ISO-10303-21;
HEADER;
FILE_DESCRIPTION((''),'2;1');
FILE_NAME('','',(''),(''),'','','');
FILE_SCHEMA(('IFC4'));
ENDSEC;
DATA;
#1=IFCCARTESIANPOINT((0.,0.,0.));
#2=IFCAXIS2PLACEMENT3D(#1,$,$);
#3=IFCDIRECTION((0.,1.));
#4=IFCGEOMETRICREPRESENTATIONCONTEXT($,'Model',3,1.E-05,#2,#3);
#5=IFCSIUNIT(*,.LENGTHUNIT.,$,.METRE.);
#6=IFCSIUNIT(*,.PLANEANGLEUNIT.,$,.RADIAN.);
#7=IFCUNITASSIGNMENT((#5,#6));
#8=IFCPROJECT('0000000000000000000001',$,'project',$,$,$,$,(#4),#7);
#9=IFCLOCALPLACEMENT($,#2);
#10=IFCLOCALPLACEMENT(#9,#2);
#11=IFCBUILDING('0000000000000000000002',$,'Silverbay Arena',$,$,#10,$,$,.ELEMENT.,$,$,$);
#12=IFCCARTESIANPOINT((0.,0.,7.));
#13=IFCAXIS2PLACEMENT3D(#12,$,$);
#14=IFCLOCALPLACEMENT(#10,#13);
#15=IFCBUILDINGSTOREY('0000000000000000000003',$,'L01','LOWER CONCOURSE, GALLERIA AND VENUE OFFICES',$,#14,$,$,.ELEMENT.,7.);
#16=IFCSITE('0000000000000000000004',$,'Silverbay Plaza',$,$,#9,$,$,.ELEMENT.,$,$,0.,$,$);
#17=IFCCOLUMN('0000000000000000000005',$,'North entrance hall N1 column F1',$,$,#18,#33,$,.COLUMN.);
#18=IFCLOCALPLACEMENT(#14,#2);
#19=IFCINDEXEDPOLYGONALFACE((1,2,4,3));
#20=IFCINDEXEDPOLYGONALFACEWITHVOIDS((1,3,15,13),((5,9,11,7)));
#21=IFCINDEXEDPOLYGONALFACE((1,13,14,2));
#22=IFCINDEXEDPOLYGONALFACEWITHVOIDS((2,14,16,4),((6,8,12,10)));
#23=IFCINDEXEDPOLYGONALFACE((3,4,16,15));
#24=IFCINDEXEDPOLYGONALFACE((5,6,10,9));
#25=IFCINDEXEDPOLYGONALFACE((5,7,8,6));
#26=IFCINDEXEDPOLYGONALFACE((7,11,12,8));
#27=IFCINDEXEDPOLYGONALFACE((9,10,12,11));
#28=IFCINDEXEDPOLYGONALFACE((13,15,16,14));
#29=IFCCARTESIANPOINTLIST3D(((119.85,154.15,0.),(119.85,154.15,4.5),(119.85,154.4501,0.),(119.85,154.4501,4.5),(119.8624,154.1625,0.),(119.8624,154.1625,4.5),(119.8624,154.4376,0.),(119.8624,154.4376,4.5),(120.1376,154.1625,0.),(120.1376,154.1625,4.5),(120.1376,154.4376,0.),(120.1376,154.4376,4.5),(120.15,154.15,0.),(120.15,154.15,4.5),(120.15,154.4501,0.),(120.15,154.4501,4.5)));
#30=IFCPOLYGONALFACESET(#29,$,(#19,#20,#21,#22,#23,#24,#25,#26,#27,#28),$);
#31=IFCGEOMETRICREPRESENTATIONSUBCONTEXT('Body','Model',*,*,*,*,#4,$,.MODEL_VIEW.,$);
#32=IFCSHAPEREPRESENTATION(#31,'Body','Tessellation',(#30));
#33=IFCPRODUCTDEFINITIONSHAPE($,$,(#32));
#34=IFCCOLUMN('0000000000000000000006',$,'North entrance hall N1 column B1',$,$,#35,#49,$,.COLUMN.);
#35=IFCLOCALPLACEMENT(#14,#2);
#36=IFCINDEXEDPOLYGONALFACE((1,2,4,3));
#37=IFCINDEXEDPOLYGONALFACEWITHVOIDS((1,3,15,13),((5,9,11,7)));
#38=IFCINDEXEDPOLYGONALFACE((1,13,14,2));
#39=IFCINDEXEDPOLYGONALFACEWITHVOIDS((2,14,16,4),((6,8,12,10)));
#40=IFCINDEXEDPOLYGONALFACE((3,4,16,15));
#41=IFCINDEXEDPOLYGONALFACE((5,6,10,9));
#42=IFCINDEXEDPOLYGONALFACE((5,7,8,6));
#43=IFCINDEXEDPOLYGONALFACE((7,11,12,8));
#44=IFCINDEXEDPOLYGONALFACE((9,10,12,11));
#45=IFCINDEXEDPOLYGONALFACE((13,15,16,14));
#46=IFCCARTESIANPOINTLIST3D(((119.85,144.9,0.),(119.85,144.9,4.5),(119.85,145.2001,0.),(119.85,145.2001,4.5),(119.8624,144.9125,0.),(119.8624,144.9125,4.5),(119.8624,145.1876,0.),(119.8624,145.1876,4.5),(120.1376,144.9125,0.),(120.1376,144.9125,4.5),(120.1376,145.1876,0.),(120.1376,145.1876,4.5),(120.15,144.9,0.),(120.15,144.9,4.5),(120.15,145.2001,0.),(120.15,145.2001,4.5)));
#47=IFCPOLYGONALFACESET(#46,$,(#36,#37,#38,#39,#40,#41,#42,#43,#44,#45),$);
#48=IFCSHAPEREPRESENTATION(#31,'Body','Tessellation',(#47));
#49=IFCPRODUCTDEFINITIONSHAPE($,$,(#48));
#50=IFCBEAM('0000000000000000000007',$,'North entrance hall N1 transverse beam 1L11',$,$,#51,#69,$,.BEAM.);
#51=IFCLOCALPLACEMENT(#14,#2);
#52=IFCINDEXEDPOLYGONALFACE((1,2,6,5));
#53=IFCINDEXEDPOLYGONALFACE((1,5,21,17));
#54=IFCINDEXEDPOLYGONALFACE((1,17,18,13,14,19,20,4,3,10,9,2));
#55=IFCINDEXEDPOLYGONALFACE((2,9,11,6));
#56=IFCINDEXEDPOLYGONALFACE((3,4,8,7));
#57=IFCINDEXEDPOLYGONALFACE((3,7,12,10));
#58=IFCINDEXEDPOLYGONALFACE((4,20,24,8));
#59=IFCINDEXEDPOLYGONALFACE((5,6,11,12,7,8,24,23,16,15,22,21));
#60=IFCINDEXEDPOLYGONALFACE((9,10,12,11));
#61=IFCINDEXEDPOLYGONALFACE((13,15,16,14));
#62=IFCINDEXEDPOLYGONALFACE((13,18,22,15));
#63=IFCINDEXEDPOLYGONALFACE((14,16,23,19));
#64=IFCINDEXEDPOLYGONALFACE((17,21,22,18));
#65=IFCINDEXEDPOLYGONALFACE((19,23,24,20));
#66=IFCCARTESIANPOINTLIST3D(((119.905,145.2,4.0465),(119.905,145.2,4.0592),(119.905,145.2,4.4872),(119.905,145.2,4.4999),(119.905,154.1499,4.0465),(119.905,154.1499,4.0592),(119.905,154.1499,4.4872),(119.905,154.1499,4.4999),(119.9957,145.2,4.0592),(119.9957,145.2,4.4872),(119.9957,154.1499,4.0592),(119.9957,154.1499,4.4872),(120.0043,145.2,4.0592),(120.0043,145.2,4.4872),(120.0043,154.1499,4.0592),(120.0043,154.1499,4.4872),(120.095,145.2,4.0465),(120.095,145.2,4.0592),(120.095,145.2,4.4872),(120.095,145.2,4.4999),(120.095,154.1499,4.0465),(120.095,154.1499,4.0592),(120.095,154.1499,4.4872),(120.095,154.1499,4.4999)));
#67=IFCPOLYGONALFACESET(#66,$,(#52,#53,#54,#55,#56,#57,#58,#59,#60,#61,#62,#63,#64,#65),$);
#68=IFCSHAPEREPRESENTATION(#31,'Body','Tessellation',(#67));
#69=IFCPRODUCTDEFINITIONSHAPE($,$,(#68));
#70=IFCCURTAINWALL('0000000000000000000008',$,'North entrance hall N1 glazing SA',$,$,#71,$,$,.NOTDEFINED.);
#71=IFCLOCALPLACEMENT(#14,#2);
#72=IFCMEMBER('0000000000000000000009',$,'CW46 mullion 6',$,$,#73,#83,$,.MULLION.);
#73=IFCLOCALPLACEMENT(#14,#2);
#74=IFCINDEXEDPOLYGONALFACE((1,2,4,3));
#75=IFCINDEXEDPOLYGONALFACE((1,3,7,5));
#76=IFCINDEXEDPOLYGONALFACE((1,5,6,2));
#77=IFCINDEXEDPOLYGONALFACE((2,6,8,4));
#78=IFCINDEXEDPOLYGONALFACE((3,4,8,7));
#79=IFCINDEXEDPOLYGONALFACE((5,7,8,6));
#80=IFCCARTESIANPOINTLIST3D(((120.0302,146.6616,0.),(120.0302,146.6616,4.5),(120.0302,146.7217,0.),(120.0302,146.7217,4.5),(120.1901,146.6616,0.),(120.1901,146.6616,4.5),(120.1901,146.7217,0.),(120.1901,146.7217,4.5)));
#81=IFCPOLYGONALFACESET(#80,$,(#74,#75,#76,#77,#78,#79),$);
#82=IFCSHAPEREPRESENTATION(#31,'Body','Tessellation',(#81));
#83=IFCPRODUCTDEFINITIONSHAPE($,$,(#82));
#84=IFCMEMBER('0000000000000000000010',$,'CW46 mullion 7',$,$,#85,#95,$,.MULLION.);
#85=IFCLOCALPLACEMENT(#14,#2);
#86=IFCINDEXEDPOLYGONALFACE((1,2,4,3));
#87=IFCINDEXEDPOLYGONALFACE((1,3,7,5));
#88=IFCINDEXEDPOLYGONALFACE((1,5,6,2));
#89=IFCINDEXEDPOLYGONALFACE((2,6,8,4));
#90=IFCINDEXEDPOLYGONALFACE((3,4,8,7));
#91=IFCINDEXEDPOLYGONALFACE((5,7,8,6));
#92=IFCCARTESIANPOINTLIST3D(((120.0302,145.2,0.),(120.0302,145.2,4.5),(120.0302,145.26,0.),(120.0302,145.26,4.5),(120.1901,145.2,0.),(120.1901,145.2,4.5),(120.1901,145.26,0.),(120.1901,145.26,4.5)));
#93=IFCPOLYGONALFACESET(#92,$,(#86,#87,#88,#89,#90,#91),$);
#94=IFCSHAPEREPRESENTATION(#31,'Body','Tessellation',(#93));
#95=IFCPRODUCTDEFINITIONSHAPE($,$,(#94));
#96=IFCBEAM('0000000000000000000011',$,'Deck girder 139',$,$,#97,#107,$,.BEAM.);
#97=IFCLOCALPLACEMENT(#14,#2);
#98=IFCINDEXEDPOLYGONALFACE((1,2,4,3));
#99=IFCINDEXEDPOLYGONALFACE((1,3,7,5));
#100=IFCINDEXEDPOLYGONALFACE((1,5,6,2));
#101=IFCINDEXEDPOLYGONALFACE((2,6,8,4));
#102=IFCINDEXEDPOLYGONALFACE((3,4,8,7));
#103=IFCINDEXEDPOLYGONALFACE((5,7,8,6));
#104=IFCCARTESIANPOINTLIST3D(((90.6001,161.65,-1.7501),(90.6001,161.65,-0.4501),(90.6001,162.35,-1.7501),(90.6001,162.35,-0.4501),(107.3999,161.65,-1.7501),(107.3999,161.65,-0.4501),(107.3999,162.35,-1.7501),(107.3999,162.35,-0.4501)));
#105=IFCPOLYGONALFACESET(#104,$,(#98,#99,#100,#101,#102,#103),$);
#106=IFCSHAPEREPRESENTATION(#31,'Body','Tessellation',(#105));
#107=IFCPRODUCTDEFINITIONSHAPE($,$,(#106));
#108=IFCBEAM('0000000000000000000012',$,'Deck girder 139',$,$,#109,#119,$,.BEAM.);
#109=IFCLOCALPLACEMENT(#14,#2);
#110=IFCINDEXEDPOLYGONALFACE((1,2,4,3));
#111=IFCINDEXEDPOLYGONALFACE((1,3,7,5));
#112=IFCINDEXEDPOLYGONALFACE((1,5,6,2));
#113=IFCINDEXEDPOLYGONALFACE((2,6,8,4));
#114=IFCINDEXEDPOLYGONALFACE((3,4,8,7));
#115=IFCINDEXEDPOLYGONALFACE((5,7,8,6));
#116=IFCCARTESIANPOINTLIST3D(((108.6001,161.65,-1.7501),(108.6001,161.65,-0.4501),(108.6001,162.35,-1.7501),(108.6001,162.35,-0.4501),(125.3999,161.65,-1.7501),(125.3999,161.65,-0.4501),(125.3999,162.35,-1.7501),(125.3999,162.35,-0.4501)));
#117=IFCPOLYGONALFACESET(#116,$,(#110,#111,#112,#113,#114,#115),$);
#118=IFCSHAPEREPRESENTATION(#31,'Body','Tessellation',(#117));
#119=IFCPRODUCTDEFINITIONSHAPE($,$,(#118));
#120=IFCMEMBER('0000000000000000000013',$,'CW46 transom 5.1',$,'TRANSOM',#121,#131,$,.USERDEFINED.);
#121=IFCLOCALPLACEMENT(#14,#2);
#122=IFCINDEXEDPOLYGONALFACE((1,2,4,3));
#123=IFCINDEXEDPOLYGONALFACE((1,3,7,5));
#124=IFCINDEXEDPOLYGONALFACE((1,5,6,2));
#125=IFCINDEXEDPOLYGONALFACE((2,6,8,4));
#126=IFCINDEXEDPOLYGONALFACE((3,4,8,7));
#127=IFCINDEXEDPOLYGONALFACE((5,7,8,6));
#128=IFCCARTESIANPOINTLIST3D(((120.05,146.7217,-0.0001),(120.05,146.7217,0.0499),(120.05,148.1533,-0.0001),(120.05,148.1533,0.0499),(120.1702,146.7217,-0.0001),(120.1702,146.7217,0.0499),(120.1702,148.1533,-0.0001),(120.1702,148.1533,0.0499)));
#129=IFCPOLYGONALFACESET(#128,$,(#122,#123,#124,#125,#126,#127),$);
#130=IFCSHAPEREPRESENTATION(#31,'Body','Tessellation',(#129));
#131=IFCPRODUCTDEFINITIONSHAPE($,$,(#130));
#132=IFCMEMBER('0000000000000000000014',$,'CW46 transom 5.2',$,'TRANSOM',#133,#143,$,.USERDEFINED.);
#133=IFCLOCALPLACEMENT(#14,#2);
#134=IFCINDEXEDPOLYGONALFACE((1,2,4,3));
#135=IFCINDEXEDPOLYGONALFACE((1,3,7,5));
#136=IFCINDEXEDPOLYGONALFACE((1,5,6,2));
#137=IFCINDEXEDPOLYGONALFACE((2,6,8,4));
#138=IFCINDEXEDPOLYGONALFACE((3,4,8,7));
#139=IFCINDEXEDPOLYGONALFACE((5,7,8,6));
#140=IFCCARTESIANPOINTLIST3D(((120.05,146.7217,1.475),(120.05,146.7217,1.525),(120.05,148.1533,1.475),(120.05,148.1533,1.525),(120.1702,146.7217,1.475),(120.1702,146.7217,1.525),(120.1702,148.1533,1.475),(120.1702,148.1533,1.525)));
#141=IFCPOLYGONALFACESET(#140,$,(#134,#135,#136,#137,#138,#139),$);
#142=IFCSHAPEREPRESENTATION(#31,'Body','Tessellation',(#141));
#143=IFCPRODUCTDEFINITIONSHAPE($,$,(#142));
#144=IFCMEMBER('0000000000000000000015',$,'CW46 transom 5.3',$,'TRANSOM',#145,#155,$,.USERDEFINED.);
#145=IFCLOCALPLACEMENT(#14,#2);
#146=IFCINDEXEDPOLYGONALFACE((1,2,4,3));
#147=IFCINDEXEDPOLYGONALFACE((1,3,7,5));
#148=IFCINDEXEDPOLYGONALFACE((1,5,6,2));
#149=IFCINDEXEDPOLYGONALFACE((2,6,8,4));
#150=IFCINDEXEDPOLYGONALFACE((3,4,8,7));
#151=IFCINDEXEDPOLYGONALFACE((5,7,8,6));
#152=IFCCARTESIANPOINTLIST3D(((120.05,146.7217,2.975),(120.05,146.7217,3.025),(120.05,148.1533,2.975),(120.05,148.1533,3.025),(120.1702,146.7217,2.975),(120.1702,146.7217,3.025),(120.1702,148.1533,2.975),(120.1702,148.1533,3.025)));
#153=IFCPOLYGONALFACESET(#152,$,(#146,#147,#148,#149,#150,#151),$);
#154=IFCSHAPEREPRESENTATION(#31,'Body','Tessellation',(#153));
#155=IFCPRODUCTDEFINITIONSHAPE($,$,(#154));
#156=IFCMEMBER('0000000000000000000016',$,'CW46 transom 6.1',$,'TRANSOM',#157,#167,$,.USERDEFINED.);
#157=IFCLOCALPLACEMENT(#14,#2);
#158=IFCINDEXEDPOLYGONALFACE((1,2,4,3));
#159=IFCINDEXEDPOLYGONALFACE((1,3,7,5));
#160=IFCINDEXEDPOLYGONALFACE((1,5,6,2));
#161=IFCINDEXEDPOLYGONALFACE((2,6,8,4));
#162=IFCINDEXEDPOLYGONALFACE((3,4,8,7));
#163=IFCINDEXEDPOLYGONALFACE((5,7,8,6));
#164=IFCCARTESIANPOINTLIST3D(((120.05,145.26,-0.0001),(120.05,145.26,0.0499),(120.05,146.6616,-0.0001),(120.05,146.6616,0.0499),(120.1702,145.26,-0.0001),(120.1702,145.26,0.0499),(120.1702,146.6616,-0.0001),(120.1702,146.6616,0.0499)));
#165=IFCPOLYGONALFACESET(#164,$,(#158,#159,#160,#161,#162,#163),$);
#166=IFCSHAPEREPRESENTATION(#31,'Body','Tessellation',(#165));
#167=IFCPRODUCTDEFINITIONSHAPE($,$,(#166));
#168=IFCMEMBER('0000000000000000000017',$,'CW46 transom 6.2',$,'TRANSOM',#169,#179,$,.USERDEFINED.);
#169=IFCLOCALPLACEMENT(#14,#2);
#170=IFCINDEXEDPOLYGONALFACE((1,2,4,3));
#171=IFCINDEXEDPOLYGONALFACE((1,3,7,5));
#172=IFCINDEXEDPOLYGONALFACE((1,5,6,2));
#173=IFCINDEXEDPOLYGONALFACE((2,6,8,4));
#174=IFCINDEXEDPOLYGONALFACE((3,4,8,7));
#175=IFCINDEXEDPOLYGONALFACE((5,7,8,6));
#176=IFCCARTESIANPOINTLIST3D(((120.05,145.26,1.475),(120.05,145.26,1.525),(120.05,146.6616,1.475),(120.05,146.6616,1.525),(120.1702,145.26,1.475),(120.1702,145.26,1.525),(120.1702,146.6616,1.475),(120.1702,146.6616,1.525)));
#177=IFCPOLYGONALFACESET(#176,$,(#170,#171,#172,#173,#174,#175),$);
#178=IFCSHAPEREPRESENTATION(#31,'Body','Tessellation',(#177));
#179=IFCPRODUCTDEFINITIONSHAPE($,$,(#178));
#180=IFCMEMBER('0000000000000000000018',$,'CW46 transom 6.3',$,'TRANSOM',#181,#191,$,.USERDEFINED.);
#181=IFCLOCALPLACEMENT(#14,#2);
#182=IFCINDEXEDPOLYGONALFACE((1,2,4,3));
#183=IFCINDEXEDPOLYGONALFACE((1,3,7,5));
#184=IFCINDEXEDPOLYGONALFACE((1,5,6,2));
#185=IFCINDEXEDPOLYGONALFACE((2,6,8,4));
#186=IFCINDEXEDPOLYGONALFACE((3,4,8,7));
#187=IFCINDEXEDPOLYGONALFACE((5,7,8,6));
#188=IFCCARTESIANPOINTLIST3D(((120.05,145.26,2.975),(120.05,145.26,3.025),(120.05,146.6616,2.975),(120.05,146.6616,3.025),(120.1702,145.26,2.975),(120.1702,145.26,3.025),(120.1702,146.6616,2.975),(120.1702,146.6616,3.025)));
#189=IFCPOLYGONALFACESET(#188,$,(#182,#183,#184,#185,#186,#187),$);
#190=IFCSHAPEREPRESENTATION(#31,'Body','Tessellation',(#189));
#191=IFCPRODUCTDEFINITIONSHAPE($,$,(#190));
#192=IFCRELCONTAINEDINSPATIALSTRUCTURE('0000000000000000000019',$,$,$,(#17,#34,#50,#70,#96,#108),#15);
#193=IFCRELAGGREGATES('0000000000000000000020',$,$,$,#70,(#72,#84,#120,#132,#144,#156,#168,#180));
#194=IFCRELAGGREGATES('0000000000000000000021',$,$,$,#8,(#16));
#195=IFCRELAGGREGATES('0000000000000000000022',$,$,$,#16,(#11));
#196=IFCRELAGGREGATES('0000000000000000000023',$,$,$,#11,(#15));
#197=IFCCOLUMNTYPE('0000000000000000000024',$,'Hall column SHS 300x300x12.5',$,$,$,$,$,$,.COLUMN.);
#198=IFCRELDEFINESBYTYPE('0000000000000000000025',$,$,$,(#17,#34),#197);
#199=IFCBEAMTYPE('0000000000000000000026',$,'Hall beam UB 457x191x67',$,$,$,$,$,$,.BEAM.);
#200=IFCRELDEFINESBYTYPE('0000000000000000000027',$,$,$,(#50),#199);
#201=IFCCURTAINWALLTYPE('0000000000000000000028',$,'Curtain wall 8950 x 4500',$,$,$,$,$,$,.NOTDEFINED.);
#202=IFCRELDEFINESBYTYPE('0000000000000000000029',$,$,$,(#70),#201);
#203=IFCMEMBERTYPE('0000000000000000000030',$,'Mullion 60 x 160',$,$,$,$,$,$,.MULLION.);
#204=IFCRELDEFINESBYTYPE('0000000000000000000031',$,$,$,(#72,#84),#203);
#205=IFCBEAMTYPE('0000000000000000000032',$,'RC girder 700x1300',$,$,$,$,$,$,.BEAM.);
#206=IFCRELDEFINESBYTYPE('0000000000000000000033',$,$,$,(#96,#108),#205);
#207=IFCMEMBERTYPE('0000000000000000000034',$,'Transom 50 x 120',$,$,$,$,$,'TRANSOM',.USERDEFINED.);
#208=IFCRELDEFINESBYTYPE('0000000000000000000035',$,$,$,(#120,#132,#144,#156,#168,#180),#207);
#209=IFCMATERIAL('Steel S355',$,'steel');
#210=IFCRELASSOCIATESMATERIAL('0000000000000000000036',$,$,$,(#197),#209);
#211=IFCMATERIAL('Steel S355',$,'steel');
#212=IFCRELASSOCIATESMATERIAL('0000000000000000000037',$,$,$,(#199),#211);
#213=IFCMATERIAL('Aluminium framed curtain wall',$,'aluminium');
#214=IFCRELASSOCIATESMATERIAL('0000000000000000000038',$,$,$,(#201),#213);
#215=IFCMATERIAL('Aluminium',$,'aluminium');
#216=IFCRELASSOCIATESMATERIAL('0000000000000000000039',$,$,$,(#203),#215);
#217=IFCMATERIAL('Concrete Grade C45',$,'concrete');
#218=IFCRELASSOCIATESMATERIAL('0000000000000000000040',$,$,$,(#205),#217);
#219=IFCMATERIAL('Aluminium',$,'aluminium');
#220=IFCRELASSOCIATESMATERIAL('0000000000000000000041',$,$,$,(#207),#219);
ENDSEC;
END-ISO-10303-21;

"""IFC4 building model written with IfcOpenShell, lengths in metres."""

from ifc_helpers import new_model, si_unit, direction, frame, origin, origin_2d, place, context, subcontext, project, spatial, rectangle, hollow_rectangle, i_section, extrude, material, material_profile, profile_set, type_object, element, aggregate, save


model = new_model("IFC4")

# Units and contexts
model_context = context("Model", 3, precision=1e-05, world=origin(), true_north=direction((0.0, 1.0)))
body_context = subcontext(model_context, "Body", "Model", "MODEL_VIEW")
ifc_project = project(units=[si_unit("LENGTHUNIT", "METRE"), si_unit("PLANEANGLEUNIT", "RADIAN")], contexts=[model_context])

# Site, building, storey
site_placement = place(None, origin())
site = spatial("IfcSite", under=ifc_project, at=site_placement, Name="Silverbay Plaza", CompositionType="ELEMENT", RefElevation=0.0)
building_placement = place(site_placement, origin())
building = spatial("IfcBuilding", under=site, at=building_placement, Name="Silverbay Arena", CompositionType="ELEMENT")
storey_placement = place(building_placement, frame((0.0, 0.0, 7.0)))
storey = spatial("IfcBuildingStorey", under=building, at=storey_placement, Name="L01", Description="LOWER CONCOURSE, GALLERIA AND VENUE OFFICES", CompositionType="ELEMENT", Elevation=7.0)

# Columns
ifc_material_1 = material(Name="Steel S355", Category="steel")
ifc_material_profile_1 = material_profile(ifc_material_1, hollow_rectangle(XDim=0.3, YDim=0.3, WallThickness=0.0125, at=origin_2d()), Name="SHS 300x300x12.5")
ifc_profile_set_1 = profile_set([ifc_material_profile_1], Name="Steel S355")
column_type = type_object("IfcColumnType", Name="Hall column SHS 300x300x12.5", PredefinedType="COLUMN", material=ifc_profile_set_1)
for number, where, z_axis, x_axis, name in (
    (1, (120.0, 154.3, 0.0), (0.0, 0.0, 1.0), (1.0, 0.0, 0.0), "North entrance hall N1 column F1"),
    (2, (120.0, 145.05, 0.0), (0.0, 0.0, 1.0), (1.0, 0.0, 0.0), "North entrance hall N1 column B1"),
):
    element("IfcColumn", number, at=place(storey_placement, frame(where, z_axis=z_axis, x_axis=x_axis)), inside=storey, type_object=column_type, Name=name, PredefinedType="COLUMN", context=body_context, shape_type="SweptSolid", body=[
        extrude(hollow_rectangle(XDim=0.3, YDim=0.3, WallThickness=0.0125, at=origin_2d()), origin(), (0.0, 0.0, 1.0), 4.5),
    ])

# Beam
ifc_material_2 = material(Name="Steel S355", Category="steel")
ifc_material_profile_2 = material_profile(ifc_material_2, i_section(OverallWidth=0.1899, OverallDepth=0.4534, WebThickness=0.0085, FlangeThickness=0.0127, at=origin_2d()), Name="UB 457x191x67")
ifc_profile_set_2 = profile_set([ifc_material_profile_2], Name="Steel S355")
beam_type_1 = type_object("IfcBeamType", Name="Hall beam UB 457x191x67", PredefinedType="BEAM", material=ifc_profile_set_2)
beam_placement = place(storey_placement, frame((120.0, 145.2, 4.2732), z_axis=(0.0, 1.0, 0.0), x_axis=(-1.0, 0.0, 0.0)))
element("IfcBeam", 3, at=beam_placement, inside=storey, type_object=beam_type_1, Name="North entrance hall N1 transverse beam 1L11", PredefinedType="BEAM", context=body_context, shape_type="SweptSolid", body=[
    extrude(i_section(OverallWidth=0.1899, OverallDepth=0.4534, WebThickness=0.0085, FlangeThickness=0.0127, at=origin_2d()), origin(), (0.0, 0.0, 1.0), 8.95),
])

# Curtain wall, members
ifc_material_3 = material(Name="Aluminium framed curtain wall", Category="aluminium")
curtain_wall_type = type_object("IfcCurtainWallType", Name="Curtain wall 8950 x 4500", PredefinedType="NOTDEFINED", material=ifc_material_3)
curtain_wall_placement = place(storey_placement, origin())
curtain_wall = element("IfcCurtainWall", 4, at=curtain_wall_placement, inside=storey, type_object=curtain_wall_type, Name="North entrance hall N1 glazing SA", PredefinedType="NOTDEFINED")
ifc_material_4 = material(Name="Aluminium", Category="aluminium")
ifc_material_profile_3 = material_profile(ifc_material_4, rectangle(XDim=0.1599, YDim=0.0601, at=origin_2d()), Name="Mullion 60 x 160")
ifc_profile_set_3 = profile_set([ifc_material_profile_3], Name="Aluminium")
member_type_1 = type_object("IfcMemberType", Name="Mullion 60 x 160", PredefinedType="MULLION", material=ifc_profile_set_3)
member_1_placement = place(storey_placement, frame((120.1101, 146.6917, 0.0), z_axis=(0.0, 0.0, 1.0), x_axis=(1.0, 0.0, 0.0)))
member_1 = element("IfcMember", 5, at=member_1_placement, type_object=member_type_1, Name="CW46 mullion 6", PredefinedType="MULLION", context=body_context, shape_type="SweptSolid", body=[
    extrude(rectangle(XDim=0.1599, YDim=0.0601, at=origin_2d()), origin(), (0.0, 0.0, 1.0), 4.5),
])
member_2_placement = place(storey_placement, frame((120.1101, 145.23, 0.0), z_axis=(0.0, 0.0, 1.0), x_axis=(1.0, 0.0, 0.0)))
member_2 = element("IfcMember", 6, at=member_2_placement, type_object=member_type_1, Name="CW46 mullion 7", PredefinedType="MULLION", context=body_context, shape_type="SweptSolid", body=[
    extrude(rectangle(XDim=0.1599, YDim=0.0601, at=origin_2d()), origin(), (0.0, 0.0, 1.0), 4.5),
])

# Beams
ifc_material_5 = material(Name="Concrete Grade C45", Category="concrete")
ifc_material_profile_4 = material_profile(ifc_material_5, rectangle(XDim=0.7, YDim=1.3, at=origin_2d()), Name="RC 700x1300")
ifc_profile_set_4 = profile_set([ifc_material_profile_4], Name="Concrete Grade C45")
beam_type_2 = type_object("IfcBeamType", Name="RC girder 700x1300", PredefinedType="BEAM", material=ifc_profile_set_4)
for number, where, z_axis, x_axis, name in (
    (7, (90.6001, 162.0, -1.1001), (1.0, 0.0, 0.0), (0.0, 1.0, 0.0), "Deck girder 139"),
    (8, (108.6001, 162.0, -1.1001), (1.0, 0.0, 0.0), (0.0, 1.0, 0.0), "Deck girder 139"),
):
    element("IfcBeam", number, at=place(storey_placement, frame(where, z_axis=z_axis, x_axis=x_axis)), inside=storey, type_object=beam_type_2, Name=name, PredefinedType="BEAM", context=body_context, shape_type="SweptSolid", body=[
        extrude(rectangle(XDim=0.7, YDim=1.3, at=origin_2d()), origin(), (0.0, 0.0, 1.0), 16.7998),
    ])

# Members
ifc_material_6 = material(Name="Aluminium", Category="aluminium")
ifc_material_profile_5 = material_profile(ifc_material_6, rectangle(XDim=0.1201, YDim=0.05, at=origin_2d()), Name="Transom 50 x 120")
ifc_profile_set_5 = profile_set([ifc_material_profile_5], Name="Aluminium")
member_type_2 = type_object("IfcMemberType", Name="Transom 50 x 120", ElementType="TRANSOM", PredefinedType="USERDEFINED", material=ifc_profile_set_5)
member_3_placement = place(storey_placement, frame((120.1101, 148.1533, 0.0249), z_axis=(0.0, -1.0, 0.0), x_axis=(1.0, 0.0, 0.0)))
member_3 = element("IfcMember", 9, at=member_3_placement, type_object=member_type_2, Name="CW46 transom 5.1", ObjectType="TRANSOM", PredefinedType="USERDEFINED", context=body_context, shape_type="SweptSolid", body=[
    extrude(rectangle(XDim=0.1201, YDim=0.05, at=origin_2d()), origin(), (0.0, 0.0, 1.0), 1.4316),
])
member_4_placement = place(storey_placement, frame((120.1101, 148.1533, 1.5), z_axis=(0.0, -1.0, 0.0), x_axis=(1.0, 0.0, 0.0)))
member_4 = element("IfcMember", 10, at=member_4_placement, type_object=member_type_2, Name="CW46 transom 5.2", ObjectType="TRANSOM", PredefinedType="USERDEFINED", context=body_context, shape_type="SweptSolid", body=[
    extrude(rectangle(XDim=0.1201, YDim=0.05, at=origin_2d()), origin(), (0.0, 0.0, 1.0), 1.4316),
])
member_5_placement = place(storey_placement, frame((120.1101, 148.1533, 3.0), z_axis=(0.0, -1.0, 0.0), x_axis=(1.0, 0.0, 0.0)))
member_5 = element("IfcMember", 11, at=member_5_placement, type_object=member_type_2, Name="CW46 transom 5.3", ObjectType="TRANSOM", PredefinedType="USERDEFINED", context=body_context, shape_type="SweptSolid", body=[
    extrude(rectangle(XDim=0.1201, YDim=0.05, at=origin_2d()), origin(), (0.0, 0.0, 1.0), 1.4316),
])
member_6_placement = place(storey_placement, frame((120.1101, 146.6616, 0.0249), z_axis=(0.0, -1.0, 0.0), x_axis=(1.0, 0.0, 0.0)))
member_6 = element("IfcMember", 12, at=member_6_placement, type_object=member_type_2, Name="CW46 transom 6.1", ObjectType="TRANSOM", PredefinedType="USERDEFINED", context=body_context, shape_type="SweptSolid", body=[
    extrude(rectangle(XDim=0.1201, YDim=0.05, at=origin_2d()), origin(), (0.0, 0.0, 1.0), 1.4016),
])
member_7_placement = place(storey_placement, frame((120.1101, 146.6616, 1.5), z_axis=(0.0, -1.0, 0.0), x_axis=(1.0, 0.0, 0.0)))
member_7 = element("IfcMember", 13, at=member_7_placement, type_object=member_type_2, Name="CW46 transom 6.2", ObjectType="TRANSOM", PredefinedType="USERDEFINED", context=body_context, shape_type="SweptSolid", body=[
    extrude(rectangle(XDim=0.1201, YDim=0.05, at=origin_2d()), origin(), (0.0, 0.0, 1.0), 1.4016),
])
member_8_placement = place(storey_placement, frame((120.1101, 146.6616, 3.0), z_axis=(0.0, -1.0, 0.0), x_axis=(1.0, 0.0, 0.0)))
member_8 = element("IfcMember", 14, at=member_8_placement, type_object=member_type_2, Name="CW46 transom 6.3", ObjectType="TRANSOM", PredefinedType="USERDEFINED", context=body_context, shape_type="SweptSolid", body=[
    extrude(rectangle(XDim=0.1201, YDim=0.05, at=origin_2d()), origin(), (0.0, 0.0, 1.0), 1.4016),
])

aggregate(curtain_wall, [member_1, member_2, member_3, member_4, member_5, member_6, member_7, member_8])

save(model, "model.ifc")
